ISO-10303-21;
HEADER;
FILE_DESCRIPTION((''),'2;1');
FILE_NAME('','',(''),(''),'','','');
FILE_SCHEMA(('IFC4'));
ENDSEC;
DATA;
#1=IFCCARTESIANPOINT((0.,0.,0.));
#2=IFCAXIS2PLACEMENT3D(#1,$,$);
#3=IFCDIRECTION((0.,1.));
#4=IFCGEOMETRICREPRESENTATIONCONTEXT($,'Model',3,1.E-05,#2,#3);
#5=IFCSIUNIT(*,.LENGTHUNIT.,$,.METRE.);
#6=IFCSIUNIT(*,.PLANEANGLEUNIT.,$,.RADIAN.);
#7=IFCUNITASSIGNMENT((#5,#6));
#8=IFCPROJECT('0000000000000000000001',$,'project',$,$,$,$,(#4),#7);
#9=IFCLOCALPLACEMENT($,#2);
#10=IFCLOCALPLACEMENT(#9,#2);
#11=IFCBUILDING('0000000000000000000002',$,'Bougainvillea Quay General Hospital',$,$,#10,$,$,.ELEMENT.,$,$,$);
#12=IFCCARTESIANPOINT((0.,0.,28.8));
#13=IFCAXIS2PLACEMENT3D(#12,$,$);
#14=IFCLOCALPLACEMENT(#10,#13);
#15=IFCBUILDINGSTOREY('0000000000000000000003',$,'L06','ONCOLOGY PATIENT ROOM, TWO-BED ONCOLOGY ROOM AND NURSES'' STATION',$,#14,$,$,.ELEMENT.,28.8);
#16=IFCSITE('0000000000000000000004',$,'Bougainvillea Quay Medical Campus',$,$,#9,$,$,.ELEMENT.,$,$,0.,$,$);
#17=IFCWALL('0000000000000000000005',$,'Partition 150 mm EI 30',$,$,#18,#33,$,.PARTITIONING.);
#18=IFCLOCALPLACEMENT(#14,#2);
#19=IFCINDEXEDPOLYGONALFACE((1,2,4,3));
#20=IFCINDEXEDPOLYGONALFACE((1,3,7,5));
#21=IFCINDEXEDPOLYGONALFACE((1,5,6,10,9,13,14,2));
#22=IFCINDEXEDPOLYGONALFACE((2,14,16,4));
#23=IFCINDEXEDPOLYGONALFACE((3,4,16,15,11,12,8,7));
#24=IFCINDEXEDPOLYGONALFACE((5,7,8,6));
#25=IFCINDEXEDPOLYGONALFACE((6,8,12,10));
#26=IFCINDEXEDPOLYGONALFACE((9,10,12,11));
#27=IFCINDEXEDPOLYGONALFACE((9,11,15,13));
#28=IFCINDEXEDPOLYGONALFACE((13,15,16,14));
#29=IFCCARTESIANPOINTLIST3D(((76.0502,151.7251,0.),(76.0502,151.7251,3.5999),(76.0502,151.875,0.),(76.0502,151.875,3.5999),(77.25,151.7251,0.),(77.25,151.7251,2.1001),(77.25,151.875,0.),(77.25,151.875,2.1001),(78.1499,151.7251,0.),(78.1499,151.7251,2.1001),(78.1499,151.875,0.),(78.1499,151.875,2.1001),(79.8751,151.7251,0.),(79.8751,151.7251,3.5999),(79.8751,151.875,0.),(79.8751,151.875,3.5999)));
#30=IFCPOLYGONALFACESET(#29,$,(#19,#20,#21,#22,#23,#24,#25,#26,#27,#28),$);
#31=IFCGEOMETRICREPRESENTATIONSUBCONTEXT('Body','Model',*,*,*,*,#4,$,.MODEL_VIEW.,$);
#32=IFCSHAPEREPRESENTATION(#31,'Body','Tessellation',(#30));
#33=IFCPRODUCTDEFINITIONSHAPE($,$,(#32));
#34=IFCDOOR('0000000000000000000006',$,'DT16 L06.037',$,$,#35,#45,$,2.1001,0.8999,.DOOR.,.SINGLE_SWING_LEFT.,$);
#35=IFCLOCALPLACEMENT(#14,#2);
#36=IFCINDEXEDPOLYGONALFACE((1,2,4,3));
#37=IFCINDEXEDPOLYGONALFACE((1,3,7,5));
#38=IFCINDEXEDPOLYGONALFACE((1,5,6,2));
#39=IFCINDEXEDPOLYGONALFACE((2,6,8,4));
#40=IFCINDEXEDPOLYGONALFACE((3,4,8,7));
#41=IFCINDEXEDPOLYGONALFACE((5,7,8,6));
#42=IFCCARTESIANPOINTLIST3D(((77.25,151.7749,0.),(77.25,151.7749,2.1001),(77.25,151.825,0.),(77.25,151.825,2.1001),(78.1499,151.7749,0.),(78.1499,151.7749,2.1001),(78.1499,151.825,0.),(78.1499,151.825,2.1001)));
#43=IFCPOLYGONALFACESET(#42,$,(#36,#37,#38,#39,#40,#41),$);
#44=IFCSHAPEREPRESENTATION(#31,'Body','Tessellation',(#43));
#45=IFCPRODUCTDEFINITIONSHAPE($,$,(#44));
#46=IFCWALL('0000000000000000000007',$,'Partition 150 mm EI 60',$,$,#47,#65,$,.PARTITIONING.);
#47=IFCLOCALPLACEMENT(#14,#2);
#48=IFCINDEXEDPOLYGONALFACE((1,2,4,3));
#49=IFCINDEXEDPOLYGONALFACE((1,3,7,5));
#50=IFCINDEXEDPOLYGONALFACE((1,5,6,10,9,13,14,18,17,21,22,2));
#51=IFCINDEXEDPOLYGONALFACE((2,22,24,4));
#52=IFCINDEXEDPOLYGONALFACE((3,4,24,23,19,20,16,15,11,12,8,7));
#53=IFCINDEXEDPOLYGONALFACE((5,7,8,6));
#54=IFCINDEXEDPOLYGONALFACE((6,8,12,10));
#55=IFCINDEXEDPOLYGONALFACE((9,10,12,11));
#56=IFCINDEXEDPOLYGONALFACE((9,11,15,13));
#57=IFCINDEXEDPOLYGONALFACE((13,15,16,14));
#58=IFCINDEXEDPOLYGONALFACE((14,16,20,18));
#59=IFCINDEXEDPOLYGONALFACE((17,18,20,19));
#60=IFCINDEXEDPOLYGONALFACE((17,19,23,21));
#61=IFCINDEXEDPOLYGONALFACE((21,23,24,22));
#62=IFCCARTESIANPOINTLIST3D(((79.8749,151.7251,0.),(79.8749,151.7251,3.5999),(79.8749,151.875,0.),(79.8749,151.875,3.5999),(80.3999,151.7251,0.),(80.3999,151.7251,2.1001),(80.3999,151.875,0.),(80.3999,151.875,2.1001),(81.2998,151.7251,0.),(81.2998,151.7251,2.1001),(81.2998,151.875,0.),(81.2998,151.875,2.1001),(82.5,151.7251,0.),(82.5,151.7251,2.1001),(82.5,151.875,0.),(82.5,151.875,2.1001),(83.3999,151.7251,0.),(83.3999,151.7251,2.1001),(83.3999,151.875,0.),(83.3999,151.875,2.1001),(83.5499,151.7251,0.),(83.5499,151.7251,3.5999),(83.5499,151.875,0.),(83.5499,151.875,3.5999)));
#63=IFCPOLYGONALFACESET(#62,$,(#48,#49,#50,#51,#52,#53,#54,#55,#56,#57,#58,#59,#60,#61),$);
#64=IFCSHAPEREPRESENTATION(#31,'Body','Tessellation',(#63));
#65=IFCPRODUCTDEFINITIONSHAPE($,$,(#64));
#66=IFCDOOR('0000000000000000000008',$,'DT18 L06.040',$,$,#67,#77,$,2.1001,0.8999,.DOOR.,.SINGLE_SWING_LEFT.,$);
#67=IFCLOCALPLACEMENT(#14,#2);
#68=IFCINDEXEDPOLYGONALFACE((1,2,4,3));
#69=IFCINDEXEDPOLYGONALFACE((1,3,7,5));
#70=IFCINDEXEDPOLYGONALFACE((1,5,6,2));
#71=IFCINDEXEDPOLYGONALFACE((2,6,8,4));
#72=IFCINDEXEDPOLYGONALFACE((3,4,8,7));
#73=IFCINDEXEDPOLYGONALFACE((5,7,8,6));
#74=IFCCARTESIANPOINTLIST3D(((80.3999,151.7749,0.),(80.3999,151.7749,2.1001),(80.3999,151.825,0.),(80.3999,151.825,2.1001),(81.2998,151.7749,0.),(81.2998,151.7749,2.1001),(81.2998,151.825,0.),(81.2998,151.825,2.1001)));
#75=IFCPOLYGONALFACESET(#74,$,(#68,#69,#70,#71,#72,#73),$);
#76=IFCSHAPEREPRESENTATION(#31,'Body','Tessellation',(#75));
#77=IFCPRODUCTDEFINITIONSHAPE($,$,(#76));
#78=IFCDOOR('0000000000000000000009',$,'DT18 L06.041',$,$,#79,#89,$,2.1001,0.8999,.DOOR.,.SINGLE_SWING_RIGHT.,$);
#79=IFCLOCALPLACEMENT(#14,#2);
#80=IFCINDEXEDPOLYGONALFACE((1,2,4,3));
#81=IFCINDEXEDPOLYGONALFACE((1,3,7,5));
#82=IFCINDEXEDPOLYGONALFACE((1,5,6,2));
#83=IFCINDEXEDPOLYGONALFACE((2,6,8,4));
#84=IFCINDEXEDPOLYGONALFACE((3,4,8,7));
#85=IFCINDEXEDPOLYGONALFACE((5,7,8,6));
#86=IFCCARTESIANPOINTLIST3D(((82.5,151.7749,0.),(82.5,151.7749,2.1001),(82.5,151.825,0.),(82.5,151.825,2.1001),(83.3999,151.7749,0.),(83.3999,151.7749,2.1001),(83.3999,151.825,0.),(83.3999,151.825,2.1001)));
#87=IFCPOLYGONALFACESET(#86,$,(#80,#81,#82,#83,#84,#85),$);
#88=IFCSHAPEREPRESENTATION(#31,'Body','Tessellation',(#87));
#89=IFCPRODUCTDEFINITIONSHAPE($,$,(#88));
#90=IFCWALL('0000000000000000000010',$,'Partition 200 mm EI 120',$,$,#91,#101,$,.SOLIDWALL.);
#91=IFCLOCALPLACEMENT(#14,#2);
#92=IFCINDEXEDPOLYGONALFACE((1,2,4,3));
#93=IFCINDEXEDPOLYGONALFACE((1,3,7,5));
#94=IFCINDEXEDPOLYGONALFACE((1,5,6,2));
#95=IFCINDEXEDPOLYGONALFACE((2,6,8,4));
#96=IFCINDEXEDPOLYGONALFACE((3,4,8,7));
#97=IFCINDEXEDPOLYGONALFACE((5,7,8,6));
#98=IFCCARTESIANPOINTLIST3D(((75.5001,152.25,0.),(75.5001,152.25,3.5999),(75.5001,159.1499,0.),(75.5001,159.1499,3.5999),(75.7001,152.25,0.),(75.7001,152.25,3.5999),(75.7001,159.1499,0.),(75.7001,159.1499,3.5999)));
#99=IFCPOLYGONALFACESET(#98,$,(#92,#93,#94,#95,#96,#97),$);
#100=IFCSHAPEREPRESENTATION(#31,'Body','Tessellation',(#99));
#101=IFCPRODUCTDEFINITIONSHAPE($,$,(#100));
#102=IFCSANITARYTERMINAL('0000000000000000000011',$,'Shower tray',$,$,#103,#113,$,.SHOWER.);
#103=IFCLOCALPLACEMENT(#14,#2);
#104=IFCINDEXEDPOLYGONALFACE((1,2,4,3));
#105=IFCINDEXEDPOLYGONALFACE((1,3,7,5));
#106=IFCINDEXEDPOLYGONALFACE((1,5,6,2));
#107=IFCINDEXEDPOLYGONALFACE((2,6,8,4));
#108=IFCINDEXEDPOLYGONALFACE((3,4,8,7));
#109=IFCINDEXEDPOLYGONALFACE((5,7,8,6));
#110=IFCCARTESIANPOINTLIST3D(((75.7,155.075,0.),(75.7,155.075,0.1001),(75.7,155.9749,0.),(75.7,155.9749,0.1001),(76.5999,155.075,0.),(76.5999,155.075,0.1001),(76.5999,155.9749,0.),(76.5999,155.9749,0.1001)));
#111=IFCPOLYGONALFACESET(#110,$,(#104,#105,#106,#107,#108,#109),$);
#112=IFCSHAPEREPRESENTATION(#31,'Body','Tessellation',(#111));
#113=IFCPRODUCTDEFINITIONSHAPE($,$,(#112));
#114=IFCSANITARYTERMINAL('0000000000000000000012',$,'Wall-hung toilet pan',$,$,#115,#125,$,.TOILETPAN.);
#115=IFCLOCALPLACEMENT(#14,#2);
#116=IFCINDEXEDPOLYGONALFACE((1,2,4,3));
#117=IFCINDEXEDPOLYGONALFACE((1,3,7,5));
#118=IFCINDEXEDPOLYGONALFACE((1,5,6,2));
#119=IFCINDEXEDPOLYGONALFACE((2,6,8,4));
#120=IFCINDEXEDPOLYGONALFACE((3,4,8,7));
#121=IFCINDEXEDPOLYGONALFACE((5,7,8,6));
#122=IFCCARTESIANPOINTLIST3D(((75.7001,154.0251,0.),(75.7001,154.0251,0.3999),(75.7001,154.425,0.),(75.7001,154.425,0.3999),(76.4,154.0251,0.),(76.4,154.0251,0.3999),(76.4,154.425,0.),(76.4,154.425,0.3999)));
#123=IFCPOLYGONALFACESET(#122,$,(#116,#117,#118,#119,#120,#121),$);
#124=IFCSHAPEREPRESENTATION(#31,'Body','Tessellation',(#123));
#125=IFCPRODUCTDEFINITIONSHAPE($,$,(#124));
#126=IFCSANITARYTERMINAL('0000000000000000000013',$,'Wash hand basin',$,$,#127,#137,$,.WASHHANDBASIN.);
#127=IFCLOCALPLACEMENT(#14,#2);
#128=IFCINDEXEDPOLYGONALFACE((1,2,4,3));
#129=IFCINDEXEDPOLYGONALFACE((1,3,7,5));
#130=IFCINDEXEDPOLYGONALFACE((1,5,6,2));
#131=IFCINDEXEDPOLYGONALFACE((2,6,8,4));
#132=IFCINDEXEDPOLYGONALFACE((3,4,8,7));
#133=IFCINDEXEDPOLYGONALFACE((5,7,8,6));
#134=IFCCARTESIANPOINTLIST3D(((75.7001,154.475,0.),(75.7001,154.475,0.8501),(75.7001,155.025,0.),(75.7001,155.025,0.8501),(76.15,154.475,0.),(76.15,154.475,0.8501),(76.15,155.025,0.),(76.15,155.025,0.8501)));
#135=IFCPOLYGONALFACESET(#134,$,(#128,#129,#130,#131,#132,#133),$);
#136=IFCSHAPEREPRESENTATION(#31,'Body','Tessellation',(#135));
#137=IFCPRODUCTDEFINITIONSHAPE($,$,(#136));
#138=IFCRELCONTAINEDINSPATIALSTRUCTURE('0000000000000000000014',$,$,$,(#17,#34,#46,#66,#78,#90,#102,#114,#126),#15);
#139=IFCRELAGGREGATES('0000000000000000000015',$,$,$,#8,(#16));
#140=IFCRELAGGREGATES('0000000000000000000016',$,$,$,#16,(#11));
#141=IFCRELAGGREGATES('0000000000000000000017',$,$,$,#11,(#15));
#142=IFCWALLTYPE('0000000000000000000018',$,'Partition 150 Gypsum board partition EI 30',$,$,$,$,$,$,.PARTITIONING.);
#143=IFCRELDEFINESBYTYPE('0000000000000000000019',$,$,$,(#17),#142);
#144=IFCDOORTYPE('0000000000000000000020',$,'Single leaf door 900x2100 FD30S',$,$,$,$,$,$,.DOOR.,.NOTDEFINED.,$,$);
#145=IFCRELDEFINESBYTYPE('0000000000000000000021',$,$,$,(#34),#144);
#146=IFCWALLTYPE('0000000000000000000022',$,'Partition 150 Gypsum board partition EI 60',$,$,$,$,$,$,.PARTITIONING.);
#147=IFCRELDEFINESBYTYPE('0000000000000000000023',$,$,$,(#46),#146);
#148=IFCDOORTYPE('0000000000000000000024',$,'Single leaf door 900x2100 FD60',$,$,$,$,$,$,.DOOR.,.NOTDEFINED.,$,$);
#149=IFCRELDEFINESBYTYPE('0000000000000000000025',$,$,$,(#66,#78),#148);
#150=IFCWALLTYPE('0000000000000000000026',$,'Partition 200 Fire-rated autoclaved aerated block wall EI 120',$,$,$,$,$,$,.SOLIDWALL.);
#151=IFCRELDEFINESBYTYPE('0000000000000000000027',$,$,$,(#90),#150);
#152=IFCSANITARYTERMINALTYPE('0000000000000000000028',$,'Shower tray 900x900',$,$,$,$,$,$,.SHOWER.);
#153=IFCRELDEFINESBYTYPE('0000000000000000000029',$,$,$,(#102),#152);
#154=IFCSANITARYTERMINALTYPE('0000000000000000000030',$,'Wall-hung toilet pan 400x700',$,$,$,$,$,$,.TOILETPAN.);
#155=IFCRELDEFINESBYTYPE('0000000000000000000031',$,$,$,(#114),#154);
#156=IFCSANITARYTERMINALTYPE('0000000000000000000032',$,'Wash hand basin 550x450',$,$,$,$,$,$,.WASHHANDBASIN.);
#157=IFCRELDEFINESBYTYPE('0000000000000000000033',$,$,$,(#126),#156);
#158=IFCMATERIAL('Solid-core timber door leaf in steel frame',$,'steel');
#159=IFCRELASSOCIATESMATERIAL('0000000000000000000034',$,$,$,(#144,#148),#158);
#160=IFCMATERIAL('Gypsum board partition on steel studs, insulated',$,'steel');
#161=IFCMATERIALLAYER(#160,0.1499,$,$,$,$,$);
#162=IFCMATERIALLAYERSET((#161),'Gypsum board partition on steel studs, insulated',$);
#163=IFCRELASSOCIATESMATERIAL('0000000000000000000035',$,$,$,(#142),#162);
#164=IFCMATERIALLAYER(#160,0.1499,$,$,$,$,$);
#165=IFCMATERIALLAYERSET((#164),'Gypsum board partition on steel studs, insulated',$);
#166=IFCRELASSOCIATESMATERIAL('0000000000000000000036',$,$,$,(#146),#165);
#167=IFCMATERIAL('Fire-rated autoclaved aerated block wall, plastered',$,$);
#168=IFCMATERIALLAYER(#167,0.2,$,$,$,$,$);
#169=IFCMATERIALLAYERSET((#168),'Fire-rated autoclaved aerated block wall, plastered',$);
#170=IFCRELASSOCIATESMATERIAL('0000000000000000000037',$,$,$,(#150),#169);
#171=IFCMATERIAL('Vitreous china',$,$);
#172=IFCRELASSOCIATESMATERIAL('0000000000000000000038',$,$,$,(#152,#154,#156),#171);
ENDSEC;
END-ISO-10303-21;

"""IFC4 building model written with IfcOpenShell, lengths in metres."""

from ifc_helpers import new_model, si_unit, direction, frame, frame_2d, origin, origin_2d, place, context, subcontext, project, spatial, rectangle, extrude, material, layer, layer_set, type_object, element, fill, save


model = new_model("IFC4")

# Units and contexts
model_context = context("Model", 3, precision=1e-05, world=origin(), true_north=direction((0.0, 1.0)))
body_context = subcontext(model_context, "Body", "Model", "MODEL_VIEW")
ifc_project = project(units=[si_unit("LENGTHUNIT", "METRE"), si_unit("PLANEANGLEUNIT", "RADIAN")], contexts=[model_context])

# Site, building, storey
site_placement = place(None, origin())
site = spatial("IfcSite", under=ifc_project, at=site_placement, Name="Bougainvillea Quay Medical Campus", CompositionType="ELEMENT", RefElevation=0.0)
building_placement = place(site_placement, origin())
building = spatial("IfcBuilding", under=site, at=building_placement, Name="Bougainvillea Quay General Hospital", CompositionType="ELEMENT")
storey_placement = place(building_placement, frame((0.0, 0.0, 28.8)))
storey = spatial("IfcBuildingStorey", under=building, at=storey_placement, Name="L06", Description="ONCOLOGY PATIENT ROOM, TWO-BED ONCOLOGY ROOM AND NURSES' STATION", CompositionType="ELEMENT", Elevation=28.8)

# Shared definitions
ifc_material_1 = material(Name="Gypsum board partition on steel studs, insulated", Category="steel")

# Shared definitions
ifc_material_2 = material(Name="Solid-core timber door leaf in steel frame", Category="steel")
door_type_1 = type_object("IfcDoorType", Name="Single leaf door 900x2100 FD30S", OperationType="NOTDEFINED", PredefinedType="DOOR", material=ifc_material_2)

# Shared definitions
ifc_layer_1 = layer(ifc_material_1, 0.1499)
ifc_layer_set_1 = layer_set([ifc_layer_1], Name="Gypsum board partition on steel studs, insulated")
wall_type_1 = type_object("IfcWallType", Name="Partition 150 Gypsum board partition EI 30", PredefinedType="PARTITIONING", material=ifc_layer_set_1)

# Wall, opening, door
wall_1_placement = place(storey_placement, frame((76.05, 151.8, 0.0), z_axis=(0.0, 0.0, 1.0), x_axis=(1.0, 0.0, 0.0)))
wall_1 = element("IfcWall", 1, at=wall_1_placement, inside=storey, type_object=wall_type_1, Name="Partition 150 mm EI 30", PredefinedType="PARTITIONING", context=body_context, shape_type="SweptSolid", body=[
    extrude(rectangle(XDim=3.825, YDim=0.1499, at=frame_2d((1.9126, 0.0))), origin(), (0.0, 0.0, 1.0), 3.5999),
])
opening_1_placement = place(wall_1_placement, frame((1.2, 0.0, 0.0)))
opening_1 = element("IfcOpeningElement", 2, at=opening_1_placement, cuts=wall_1, PredefinedType="OPENING", context=body_context, shape_type="SweptSolid", body=[
    extrude(rectangle(XDim=0.8999, YDim=2.1001, at=frame_2d((0.45, 1.05))), frame((0.0, 0.085, 0.0), z_axis=(0.0, -1.0, 0.0), x_axis=(1.0, 0.0, 0.0)), (0.0, 0.0, 1.0), 0.1699),
])
door_1_placement = place(opening_1_placement, origin())
door_1 = element("IfcDoor", 3, at=door_1_placement, inside=storey, type_object=door_type_1, Name="DT16 L06.037", OperationType="SINGLE_SWING_LEFT", OverallHeight=2.1001, OverallWidth=0.8999, PredefinedType="DOOR", context=body_context, shape_type="SweptSolid", body=[
    extrude(rectangle(XDim=0.8999, YDim=2.1001, at=frame_2d((0.45, 1.05))), frame((0.0, 0.0249, 0.0), z_axis=(0.0, -1.0, 0.0), x_axis=(1.0, 0.0, 0.0)), (0.0, 0.0, 1.0), 0.05),
])
fill(opening_1, door_1)

# Wall, openings, doors
ifc_layer_2 = layer(ifc_material_1, 0.1499)
ifc_layer_set_2 = layer_set([ifc_layer_2], Name="Gypsum board partition on steel studs, insulated")
wall_type_2 = type_object("IfcWallType", Name="Partition 150 Gypsum board partition EI 60", PredefinedType="PARTITIONING", material=ifc_layer_set_2)
wall_2_placement = place(storey_placement, frame((79.875, 151.8, 0.0), z_axis=(0.0, 0.0, 1.0), x_axis=(1.0, 0.0, 0.0)))
wall_2 = element("IfcWall", 4, at=wall_2_placement, inside=storey, type_object=wall_type_2, Name="Partition 150 mm EI 60", PredefinedType="PARTITIONING", context=body_context, shape_type="SweptSolid", body=[
    extrude(rectangle(XDim=3.675, YDim=0.1499, at=frame_2d((1.8374, 0.0))), origin(), (0.0, 0.0, 1.0), 3.5999),
])
opening_2_placement = place(wall_2_placement, frame((0.5249, 0.0, 0.0)))
opening_2 = element("IfcOpeningElement", 5, at=opening_2_placement, cuts=wall_2, PredefinedType="OPENING", context=body_context, shape_type="SweptSolid", body=[
    extrude(rectangle(XDim=0.8999, YDim=2.1001, at=frame_2d((0.45, 1.05))), frame((0.0, 0.085, 0.0), z_axis=(0.0, -1.0, 0.0), x_axis=(1.0, 0.0, 0.0)), (0.0, 0.0, 1.0), 0.1699),
])
opening_3_placement = place(wall_2_placement, frame((2.625, 0.0, 0.0)))
opening_3 = element("IfcOpeningElement", 6, at=opening_3_placement, cuts=wall_2, PredefinedType="OPENING", context=body_context, shape_type="SweptSolid", body=[
    extrude(rectangle(XDim=0.8999, YDim=2.1001, at=frame_2d((0.45, 1.05))), frame((0.0, 0.085, 0.0), z_axis=(0.0, -1.0, 0.0), x_axis=(1.0, 0.0, 0.0)), (0.0, 0.0, 1.0), 0.1699),
])
door_type_2 = type_object("IfcDoorType", Name="Single leaf door 900x2100 FD60", OperationType="NOTDEFINED", PredefinedType="DOOR", material=ifc_material_2)
door_2_placement = place(opening_2_placement, origin())
door_2 = element("IfcDoor", 7, at=door_2_placement, inside=storey, type_object=door_type_2, Name="DT18 L06.040", OperationType="SINGLE_SWING_LEFT", OverallHeight=2.1001, OverallWidth=0.8999, PredefinedType="DOOR", context=body_context, shape_type="SweptSolid", body=[
    extrude(rectangle(XDim=0.8999, YDim=2.1001, at=frame_2d((0.45, 1.05))), frame((0.0, 0.0249, 0.0), z_axis=(0.0, -1.0, 0.0), x_axis=(1.0, 0.0, 0.0)), (0.0, 0.0, 1.0), 0.05),
])
fill(opening_2, door_2)
door_3_placement = place(opening_3_placement, origin())
door_3 = element("IfcDoor", 8, at=door_3_placement, inside=storey, type_object=door_type_2, Name="DT18 L06.041", OperationType="SINGLE_SWING_RIGHT", OverallHeight=2.1001, OverallWidth=0.8999, PredefinedType="DOOR", context=body_context, shape_type="SweptSolid", body=[
    extrude(rectangle(XDim=0.8999, YDim=2.1001, at=frame_2d((0.45, 1.05))), frame((0.0, 0.0249, 0.0), z_axis=(0.0, -1.0, 0.0), x_axis=(1.0, 0.0, 0.0)), (0.0, 0.0, 1.0), 0.05),
])
fill(opening_3, door_3)

# Wall
ifc_material_3 = material(Name="Fire-rated autoclaved aerated block wall, plastered")
ifc_layer_3 = layer(ifc_material_3, 0.2)
ifc_layer_set_3 = layer_set([ifc_layer_3], Name="Fire-rated autoclaved aerated block wall, plastered")
wall_type_3 = type_object("IfcWallType", Name="Partition 200 Fire-rated autoclaved aerated block wall EI 120", PredefinedType="SOLIDWALL", material=ifc_layer_set_3)
wall_3_placement = place(storey_placement, frame((75.6001, 159.1499, 0.0), z_axis=(0.0, 0.0, 1.0), x_axis=(0.0, -1.0, 0.0)))
element("IfcWall", 9, at=wall_3_placement, inside=storey, type_object=wall_type_3, Name="Partition 200 mm EI 120", PredefinedType="SOLIDWALL", context=body_context, shape_type="SweptSolid", body=[
    extrude(rectangle(XDim=6.8999, YDim=0.2, at=frame_2d((3.45, 0.0))), origin(), (0.0, 0.0, 1.0), 3.5999),
])

# Sanitary terminals
ifc_material_4 = material(Name="Vitreous china")
sanitary_terminal_type_1 = type_object("IfcSanitaryTerminalType", Name="Shower tray 900x900", PredefinedType="SHOWER", material=ifc_material_4)
sanitary_terminal_1_placement = place(storey_placement, frame((76.1499, 155.5249, 0.0), z_axis=(0.0, 0.0, 1.0), x_axis=(0.0, 1.0, 0.0)))
element("IfcSanitaryTerminal", 10, at=sanitary_terminal_1_placement, inside=storey, type_object=sanitary_terminal_type_1, Name="Shower tray", PredefinedType="SHOWER", context=body_context, shape_type="SweptSolid", body=[
    extrude(rectangle(XDim=0.8999, YDim=0.8999, at=origin_2d()), origin(), (0.0, 0.0, 1.0), 0.1001),
])
sanitary_terminal_type_2 = type_object("IfcSanitaryTerminalType", Name="Wall-hung toilet pan 400x700", PredefinedType="TOILETPAN", material=ifc_material_4)
sanitary_terminal_2_placement = place(storey_placement, frame((76.05, 154.2251, 0.0), z_axis=(0.0, 0.0, 1.0), x_axis=(0.0, 1.0, 0.0)))
element("IfcSanitaryTerminal", 11, at=sanitary_terminal_2_placement, inside=storey, type_object=sanitary_terminal_type_2, Name="Wall-hung toilet pan", PredefinedType="TOILETPAN", context=body_context, shape_type="SweptSolid", body=[
    extrude(rectangle(XDim=0.3999, YDim=0.7, at=origin_2d()), origin(), (0.0, 0.0, 1.0), 0.3999),
])
sanitary_terminal_type_3 = type_object("IfcSanitaryTerminalType", Name="Wash hand basin 550x450", PredefinedType="WASHHANDBASIN", material=ifc_material_4)
sanitary_terminal_3_placement = place(storey_placement, frame((75.925, 154.75, 0.0), z_axis=(0.0, 0.0, 1.0), x_axis=(0.0, 1.0, 0.0)))
element("IfcSanitaryTerminal", 12, at=sanitary_terminal_3_placement, inside=storey, type_object=sanitary_terminal_type_3, Name="Wash hand basin", PredefinedType="WASHHANDBASIN", context=body_context, shape_type="SweptSolid", body=[
    extrude(rectangle(XDim=0.55, YDim=0.45, at=origin_2d()), origin(), (0.0, 0.0, 1.0), 0.8501),
])

save(model, "model.ifc")
